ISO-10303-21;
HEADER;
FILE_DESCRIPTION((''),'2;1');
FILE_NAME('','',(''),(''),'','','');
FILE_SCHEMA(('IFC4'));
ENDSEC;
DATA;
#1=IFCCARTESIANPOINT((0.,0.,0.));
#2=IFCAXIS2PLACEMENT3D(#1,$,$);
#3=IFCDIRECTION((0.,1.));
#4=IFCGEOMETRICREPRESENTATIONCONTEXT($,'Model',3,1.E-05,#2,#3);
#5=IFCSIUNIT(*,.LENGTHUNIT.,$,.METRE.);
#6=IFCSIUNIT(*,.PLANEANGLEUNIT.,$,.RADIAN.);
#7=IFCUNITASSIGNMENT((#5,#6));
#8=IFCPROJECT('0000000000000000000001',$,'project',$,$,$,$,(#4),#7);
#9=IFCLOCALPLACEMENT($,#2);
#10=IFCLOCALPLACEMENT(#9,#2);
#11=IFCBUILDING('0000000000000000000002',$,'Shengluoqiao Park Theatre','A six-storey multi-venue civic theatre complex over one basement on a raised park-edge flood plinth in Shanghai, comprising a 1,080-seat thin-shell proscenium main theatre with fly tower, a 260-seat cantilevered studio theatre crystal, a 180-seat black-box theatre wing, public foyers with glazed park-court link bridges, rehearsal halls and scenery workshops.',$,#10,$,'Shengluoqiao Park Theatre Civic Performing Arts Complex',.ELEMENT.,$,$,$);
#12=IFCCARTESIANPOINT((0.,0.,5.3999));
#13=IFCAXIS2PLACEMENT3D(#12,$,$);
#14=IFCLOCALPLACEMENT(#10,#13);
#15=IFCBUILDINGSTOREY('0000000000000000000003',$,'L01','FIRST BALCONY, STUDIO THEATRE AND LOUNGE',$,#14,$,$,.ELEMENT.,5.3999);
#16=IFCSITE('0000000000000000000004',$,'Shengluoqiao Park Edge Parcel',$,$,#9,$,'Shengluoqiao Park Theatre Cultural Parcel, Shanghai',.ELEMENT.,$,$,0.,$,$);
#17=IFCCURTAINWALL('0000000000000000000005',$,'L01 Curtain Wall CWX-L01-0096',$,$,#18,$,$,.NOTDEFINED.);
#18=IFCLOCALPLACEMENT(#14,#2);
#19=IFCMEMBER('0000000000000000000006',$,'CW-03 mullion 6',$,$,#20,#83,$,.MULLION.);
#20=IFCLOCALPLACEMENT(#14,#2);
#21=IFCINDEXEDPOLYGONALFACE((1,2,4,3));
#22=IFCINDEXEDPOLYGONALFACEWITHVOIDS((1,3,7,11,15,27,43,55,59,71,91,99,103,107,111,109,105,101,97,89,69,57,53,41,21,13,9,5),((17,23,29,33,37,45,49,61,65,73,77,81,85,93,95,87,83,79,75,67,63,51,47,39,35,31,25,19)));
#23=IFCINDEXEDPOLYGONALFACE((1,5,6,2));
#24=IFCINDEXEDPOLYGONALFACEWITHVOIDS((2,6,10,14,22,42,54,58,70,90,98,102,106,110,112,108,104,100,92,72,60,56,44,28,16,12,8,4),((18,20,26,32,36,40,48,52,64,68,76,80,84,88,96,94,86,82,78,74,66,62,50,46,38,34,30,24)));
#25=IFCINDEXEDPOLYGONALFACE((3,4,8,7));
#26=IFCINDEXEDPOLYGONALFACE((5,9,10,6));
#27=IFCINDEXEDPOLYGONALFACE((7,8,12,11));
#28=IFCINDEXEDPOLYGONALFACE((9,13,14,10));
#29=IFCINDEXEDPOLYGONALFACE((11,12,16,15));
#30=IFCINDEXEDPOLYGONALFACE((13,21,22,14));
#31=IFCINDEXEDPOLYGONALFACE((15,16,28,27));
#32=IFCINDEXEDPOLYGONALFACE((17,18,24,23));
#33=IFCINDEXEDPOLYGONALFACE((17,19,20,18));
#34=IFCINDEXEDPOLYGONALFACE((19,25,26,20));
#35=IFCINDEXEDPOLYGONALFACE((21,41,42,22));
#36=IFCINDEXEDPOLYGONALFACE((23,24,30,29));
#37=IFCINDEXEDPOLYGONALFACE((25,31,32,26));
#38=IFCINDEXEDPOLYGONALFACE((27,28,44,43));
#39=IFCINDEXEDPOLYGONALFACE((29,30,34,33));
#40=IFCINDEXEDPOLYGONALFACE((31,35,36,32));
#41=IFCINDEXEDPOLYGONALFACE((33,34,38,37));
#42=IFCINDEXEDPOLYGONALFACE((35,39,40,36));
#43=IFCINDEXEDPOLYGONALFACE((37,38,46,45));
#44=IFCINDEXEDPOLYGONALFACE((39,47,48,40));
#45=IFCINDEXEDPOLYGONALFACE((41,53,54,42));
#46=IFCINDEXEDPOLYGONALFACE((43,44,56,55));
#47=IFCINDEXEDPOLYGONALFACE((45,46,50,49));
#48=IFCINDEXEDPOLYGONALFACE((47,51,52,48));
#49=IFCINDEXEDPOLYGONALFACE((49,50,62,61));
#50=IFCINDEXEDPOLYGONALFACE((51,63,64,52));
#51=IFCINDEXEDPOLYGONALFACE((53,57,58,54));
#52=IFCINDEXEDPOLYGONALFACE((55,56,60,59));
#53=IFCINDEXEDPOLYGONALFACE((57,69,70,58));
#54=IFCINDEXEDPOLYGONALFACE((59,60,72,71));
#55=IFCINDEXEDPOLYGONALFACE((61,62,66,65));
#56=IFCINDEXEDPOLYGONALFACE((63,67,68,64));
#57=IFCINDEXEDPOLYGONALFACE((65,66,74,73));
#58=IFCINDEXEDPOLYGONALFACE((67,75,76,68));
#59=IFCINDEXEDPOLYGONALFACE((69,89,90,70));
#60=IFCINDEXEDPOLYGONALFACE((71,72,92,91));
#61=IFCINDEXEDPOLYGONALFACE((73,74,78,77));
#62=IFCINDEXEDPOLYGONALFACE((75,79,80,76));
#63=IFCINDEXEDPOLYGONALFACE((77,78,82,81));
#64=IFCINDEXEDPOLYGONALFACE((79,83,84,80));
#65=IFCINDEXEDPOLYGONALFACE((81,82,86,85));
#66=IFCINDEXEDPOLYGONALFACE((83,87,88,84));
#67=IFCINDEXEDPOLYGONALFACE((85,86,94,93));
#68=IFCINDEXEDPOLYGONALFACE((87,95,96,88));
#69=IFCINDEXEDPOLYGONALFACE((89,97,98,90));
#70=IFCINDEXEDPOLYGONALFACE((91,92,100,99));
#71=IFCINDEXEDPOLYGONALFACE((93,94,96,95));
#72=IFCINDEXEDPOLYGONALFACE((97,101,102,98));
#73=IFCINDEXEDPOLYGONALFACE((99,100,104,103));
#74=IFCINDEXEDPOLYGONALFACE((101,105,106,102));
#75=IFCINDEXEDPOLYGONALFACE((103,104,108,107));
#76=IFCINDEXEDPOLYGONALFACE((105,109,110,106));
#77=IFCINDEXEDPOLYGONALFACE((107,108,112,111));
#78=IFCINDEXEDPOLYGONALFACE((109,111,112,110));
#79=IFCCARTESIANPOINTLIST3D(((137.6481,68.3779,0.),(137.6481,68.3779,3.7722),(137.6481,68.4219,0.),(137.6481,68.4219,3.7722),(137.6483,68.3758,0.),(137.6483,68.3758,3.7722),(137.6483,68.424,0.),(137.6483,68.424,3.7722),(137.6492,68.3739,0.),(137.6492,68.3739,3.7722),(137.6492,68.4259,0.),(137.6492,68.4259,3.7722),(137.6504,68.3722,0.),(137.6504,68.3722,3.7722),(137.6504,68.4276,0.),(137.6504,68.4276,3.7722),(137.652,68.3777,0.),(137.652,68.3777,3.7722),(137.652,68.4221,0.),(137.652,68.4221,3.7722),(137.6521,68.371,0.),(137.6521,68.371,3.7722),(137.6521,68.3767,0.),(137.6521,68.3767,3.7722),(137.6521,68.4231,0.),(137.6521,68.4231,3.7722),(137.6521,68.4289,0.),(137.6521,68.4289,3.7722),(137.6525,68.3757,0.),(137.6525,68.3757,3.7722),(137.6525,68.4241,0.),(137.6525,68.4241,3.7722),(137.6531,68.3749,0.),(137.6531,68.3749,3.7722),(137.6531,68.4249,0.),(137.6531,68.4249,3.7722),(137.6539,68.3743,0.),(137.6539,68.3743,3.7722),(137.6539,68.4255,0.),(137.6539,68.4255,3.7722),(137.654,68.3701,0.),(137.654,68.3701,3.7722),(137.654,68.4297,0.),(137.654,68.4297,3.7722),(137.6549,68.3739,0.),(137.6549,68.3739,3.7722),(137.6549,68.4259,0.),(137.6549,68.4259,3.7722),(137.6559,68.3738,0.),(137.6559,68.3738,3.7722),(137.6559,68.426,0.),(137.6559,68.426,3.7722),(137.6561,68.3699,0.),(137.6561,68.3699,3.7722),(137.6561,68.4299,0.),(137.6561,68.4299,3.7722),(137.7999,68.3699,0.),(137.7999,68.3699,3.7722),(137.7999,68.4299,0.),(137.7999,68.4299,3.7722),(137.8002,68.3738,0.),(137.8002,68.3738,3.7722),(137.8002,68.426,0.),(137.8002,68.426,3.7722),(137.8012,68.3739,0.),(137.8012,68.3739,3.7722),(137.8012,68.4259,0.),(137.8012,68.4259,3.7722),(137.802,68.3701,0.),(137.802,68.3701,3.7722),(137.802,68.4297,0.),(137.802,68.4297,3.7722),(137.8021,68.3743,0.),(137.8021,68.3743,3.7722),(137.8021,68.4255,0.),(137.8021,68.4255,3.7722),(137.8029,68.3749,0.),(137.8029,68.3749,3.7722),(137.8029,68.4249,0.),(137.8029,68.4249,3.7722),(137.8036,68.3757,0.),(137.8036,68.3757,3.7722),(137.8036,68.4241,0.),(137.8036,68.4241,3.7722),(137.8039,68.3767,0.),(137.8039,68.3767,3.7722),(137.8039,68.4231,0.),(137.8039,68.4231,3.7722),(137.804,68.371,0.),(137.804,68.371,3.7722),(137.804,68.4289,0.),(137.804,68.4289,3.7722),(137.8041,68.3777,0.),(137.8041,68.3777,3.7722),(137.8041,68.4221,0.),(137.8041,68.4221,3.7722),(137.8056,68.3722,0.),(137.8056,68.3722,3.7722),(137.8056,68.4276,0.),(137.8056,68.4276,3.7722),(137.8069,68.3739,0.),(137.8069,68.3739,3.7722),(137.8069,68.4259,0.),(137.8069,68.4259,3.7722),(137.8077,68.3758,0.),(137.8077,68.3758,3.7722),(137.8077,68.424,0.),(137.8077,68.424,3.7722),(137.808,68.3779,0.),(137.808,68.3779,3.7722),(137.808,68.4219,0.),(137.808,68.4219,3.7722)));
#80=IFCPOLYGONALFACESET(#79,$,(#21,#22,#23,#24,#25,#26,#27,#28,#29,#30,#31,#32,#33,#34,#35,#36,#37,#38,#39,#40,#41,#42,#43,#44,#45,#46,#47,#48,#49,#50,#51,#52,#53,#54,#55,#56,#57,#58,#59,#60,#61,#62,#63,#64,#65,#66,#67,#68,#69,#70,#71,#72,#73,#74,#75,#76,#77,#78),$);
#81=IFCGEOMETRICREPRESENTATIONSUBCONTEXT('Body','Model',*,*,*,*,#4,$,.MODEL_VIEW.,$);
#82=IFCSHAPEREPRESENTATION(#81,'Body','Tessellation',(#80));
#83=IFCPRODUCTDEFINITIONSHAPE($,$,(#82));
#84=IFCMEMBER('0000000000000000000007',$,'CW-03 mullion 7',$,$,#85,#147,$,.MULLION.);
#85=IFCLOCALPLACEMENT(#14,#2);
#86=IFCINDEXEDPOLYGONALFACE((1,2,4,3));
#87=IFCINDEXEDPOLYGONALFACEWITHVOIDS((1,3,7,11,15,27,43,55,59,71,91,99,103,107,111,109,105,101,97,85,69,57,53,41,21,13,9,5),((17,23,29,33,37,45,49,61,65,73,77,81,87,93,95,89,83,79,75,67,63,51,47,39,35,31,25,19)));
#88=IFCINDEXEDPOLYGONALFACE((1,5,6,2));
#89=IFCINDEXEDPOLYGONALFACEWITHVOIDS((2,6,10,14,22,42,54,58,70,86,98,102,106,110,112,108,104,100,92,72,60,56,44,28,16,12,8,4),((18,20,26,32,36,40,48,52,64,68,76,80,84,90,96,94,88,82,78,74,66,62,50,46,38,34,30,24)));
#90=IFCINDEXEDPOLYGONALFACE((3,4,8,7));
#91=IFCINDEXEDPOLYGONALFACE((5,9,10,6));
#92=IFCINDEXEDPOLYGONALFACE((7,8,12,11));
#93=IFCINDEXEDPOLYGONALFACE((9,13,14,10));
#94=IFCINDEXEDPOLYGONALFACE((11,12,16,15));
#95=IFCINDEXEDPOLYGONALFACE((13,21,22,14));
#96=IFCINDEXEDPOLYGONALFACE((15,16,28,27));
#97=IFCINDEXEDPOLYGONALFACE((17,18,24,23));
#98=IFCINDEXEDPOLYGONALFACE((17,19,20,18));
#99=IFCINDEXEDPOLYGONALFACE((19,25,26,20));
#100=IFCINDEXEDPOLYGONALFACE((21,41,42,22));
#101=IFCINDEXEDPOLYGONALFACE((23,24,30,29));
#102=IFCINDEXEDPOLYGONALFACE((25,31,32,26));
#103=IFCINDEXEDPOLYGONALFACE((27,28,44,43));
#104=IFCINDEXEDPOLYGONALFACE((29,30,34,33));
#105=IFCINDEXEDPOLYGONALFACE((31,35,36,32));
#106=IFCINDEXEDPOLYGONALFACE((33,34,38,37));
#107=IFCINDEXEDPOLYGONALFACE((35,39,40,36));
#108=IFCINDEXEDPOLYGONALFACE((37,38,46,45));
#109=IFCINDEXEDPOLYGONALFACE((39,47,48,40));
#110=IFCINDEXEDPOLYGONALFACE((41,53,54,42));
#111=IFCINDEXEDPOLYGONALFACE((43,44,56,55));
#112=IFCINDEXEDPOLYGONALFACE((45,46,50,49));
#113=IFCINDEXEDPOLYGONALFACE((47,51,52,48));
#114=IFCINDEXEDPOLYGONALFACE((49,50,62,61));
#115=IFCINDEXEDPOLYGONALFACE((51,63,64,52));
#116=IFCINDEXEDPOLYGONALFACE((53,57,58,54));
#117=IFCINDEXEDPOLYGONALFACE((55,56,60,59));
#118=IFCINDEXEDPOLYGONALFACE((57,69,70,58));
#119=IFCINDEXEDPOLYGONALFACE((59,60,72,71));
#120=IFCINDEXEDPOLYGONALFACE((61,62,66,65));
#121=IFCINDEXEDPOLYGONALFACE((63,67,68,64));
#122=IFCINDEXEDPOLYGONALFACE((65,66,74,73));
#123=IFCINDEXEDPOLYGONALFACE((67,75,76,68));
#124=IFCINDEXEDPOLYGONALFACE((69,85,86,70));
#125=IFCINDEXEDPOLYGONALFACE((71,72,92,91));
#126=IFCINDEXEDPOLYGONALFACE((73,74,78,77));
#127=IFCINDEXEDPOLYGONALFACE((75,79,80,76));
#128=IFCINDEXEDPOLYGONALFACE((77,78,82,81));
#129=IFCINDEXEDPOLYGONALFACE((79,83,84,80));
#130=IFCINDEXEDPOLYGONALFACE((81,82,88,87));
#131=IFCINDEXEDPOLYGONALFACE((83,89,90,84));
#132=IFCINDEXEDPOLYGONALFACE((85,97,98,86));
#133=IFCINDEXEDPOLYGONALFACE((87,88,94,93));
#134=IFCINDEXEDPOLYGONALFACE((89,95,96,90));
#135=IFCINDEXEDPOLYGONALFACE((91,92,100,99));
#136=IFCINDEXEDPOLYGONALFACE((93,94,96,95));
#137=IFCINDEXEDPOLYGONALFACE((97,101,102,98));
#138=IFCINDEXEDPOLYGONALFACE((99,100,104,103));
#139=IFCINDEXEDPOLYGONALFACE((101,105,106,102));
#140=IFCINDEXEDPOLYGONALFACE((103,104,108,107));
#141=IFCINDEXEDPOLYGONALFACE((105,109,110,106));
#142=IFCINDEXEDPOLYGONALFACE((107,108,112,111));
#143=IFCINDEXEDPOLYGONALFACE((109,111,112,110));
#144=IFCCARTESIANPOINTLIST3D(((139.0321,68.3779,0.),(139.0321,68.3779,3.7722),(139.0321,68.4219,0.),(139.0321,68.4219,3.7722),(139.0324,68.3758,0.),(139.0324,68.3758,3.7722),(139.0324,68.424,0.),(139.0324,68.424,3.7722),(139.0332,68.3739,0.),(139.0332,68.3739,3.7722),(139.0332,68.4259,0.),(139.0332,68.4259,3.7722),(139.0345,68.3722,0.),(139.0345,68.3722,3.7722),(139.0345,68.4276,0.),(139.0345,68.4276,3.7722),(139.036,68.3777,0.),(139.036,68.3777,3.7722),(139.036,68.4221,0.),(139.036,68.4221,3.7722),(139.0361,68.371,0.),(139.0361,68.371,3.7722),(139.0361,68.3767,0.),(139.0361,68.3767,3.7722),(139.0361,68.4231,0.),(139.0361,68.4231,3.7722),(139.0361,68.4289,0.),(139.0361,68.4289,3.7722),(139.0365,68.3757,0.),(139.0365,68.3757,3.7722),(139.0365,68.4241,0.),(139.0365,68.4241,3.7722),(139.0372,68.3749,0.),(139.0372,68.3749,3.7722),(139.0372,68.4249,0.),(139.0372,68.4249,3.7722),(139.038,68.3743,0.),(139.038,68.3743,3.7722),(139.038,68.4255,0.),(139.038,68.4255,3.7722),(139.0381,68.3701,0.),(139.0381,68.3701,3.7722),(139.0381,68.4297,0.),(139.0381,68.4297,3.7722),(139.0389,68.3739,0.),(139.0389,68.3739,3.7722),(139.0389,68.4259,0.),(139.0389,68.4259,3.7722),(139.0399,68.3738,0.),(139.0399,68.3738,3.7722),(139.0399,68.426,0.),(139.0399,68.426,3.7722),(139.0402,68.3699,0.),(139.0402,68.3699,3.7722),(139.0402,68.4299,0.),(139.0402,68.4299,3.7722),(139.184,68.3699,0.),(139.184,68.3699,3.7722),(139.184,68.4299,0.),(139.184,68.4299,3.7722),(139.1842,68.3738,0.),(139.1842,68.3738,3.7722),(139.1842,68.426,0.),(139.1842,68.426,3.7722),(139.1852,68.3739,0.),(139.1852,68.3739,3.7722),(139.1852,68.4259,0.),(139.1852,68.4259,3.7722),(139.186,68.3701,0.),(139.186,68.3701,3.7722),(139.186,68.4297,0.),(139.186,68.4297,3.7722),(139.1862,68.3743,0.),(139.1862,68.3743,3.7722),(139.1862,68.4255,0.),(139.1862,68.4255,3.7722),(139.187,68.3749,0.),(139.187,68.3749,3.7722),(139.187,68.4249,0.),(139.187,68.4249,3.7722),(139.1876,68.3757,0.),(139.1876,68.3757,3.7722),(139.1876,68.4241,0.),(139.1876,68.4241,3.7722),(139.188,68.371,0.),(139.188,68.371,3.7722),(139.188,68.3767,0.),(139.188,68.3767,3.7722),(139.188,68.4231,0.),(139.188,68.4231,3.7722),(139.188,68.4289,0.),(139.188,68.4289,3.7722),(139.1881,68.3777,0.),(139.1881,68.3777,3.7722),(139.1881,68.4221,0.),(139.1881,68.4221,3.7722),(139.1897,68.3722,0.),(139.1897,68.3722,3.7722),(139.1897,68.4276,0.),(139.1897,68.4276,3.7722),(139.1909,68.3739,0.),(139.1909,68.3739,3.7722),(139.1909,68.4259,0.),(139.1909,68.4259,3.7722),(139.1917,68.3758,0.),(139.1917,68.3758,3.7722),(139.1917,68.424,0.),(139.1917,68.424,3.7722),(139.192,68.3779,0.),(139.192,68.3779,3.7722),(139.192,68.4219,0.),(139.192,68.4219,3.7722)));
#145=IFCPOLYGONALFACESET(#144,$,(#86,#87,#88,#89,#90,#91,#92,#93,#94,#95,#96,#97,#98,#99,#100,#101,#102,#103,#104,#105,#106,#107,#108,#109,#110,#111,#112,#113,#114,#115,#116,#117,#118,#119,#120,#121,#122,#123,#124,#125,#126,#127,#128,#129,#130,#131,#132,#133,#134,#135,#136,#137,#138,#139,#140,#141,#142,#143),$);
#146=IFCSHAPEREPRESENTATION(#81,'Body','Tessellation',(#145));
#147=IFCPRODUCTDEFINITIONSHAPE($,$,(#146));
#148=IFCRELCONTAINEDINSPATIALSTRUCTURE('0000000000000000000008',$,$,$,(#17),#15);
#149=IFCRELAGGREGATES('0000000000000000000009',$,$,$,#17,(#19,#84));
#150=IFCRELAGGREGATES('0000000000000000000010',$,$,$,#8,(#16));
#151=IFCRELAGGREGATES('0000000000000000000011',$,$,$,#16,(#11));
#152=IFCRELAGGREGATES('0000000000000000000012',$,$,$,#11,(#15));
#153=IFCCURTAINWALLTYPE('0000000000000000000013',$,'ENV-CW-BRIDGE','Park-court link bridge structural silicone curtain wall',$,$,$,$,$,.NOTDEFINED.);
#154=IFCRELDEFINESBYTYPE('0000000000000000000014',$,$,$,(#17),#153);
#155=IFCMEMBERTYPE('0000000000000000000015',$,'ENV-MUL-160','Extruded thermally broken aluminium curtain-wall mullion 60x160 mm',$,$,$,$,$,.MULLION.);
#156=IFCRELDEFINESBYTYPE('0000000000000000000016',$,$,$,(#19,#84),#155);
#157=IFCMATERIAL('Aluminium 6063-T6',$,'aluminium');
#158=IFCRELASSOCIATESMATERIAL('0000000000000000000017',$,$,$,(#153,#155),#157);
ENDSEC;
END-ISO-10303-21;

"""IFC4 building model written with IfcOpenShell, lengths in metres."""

from ifc_helpers import new_model, si_unit, direction, frame, origin, origin_2d, place, context, subcontext, project, spatial, hollow_rectangle, extrude, material, material_profile, profile_set, type_object, element, aggregate, save


model = new_model("IFC4")

# Units and contexts
model_context = context("Model", 3, precision=1e-05, world=origin(), true_north=direction((0.0, 1.0)))
body_context = subcontext(model_context, "Body", "Model", "MODEL_VIEW")
ifc_project = project(units=[si_unit("LENGTHUNIT", "METRE"), si_unit("PLANEANGLEUNIT", "RADIAN")], contexts=[model_context])

# Site, building, storey
site_placement = place(None, origin())
site = spatial("IfcSite", under=ifc_project, at=site_placement, Name="Shengluoqiao Park Edge Parcel", LongName="Shengluoqiao Park Theatre Cultural Parcel, Shanghai", CompositionType="ELEMENT", RefElevation=0.0)
building_placement = place(site_placement, origin())
building = spatial("IfcBuilding", under=site, at=building_placement, Name="Shengluoqiao Park Theatre", Description="A six-storey multi-venue civic theatre complex over one basement on a raised park-edge flood plinth in Shanghai, comprising a 1,080-seat thin-shell proscenium main theatre with fly tower, a 260-seat cantilevered studio theatre crystal, a 180-seat black-box theatre wing, public foyers with glazed park-court link bridges, rehearsal halls and scenery workshops.", LongName="Shengluoqiao Park Theatre Civic Performing Arts Complex", CompositionType="ELEMENT")
storey_placement = place(building_placement, frame((0.0, 0.0, 5.3999)))
storey = spatial("IfcBuildingStorey", under=building, at=storey_placement, Name="L01", Description="FIRST BALCONY, STUDIO THEATRE AND LOUNGE", CompositionType="ELEMENT", Elevation=5.3999)

# Curtain wall, members
ifc_material_1 = material(Name="Aluminium 6063-T6", Category="aluminium")
curtain_wall_type = type_object("IfcCurtainWallType", Name="ENV-CW-BRIDGE", Description="Park-court link bridge structural silicone curtain wall", PredefinedType="NOTDEFINED", material=ifc_material_1)
curtain_wall_placement = place(storey_placement, origin())
curtain_wall = element("IfcCurtainWall", 1, at=curtain_wall_placement, inside=storey, type_object=curtain_wall_type, Name="L01 Curtain Wall CWX-L01-0096", PredefinedType="NOTDEFINED")
ifc_material_profile_1 = material_profile(ifc_material_1, hollow_rectangle(XDim=0.0601, YDim=0.1599, WallThickness=0.0039, InnerFilletRadius=0.0039, OuterFilletRadius=0.0081, at=origin_2d()), Name="ALU MULLION 160x60x4")
ifc_profile_set_1 = profile_set([ifc_material_profile_1], Name="Aluminium 6063-T6")
member_type_1 = type_object("IfcMemberType", Name="ENV-MUL-160", Description="Extruded thermally broken aluminium curtain-wall mullion 60x160 mm", PredefinedType="MULLION", material=ifc_profile_set_1)
member_1_placement = place(storey_placement, frame((137.728, 68.3999, 0.0), z_axis=(0.0, 0.0, 1.0), x_axis=(0.0, 1.0, 0.0)))
member_1 = element("IfcMember", 2, at=member_1_placement, type_object=member_type_1, Name="CW-03 mullion 6", PredefinedType="MULLION", context=body_context, shape_type="SweptSolid", body=[
    extrude(hollow_rectangle(XDim=0.0601, YDim=0.1599, WallThickness=0.0039, InnerFilletRadius=0.0039, OuterFilletRadius=0.0081, at=origin_2d()), origin(), (0.0, 0.0, 1.0), 3.7722),
])
member_2_placement = place(storey_placement, frame((139.1121, 68.3999, 0.0), z_axis=(0.0, 0.0, 1.0), x_axis=(0.0, 1.0, 0.0)))
member_2 = element("IfcMember", 3, at=member_2_placement, type_object=member_type_1, Name="CW-03 mullion 7", PredefinedType="MULLION", context=body_context, shape_type="SweptSolid", body=[
    extrude(hollow_rectangle(XDim=0.0601, YDim=0.1599, WallThickness=0.0039, InnerFilletRadius=0.0039, OuterFilletRadius=0.0081, at=origin_2d()), origin(), (0.0, 0.0, 1.0), 3.7722),
])

aggregate(curtain_wall, [member_1, member_2])

save(model, "model.ifc")
